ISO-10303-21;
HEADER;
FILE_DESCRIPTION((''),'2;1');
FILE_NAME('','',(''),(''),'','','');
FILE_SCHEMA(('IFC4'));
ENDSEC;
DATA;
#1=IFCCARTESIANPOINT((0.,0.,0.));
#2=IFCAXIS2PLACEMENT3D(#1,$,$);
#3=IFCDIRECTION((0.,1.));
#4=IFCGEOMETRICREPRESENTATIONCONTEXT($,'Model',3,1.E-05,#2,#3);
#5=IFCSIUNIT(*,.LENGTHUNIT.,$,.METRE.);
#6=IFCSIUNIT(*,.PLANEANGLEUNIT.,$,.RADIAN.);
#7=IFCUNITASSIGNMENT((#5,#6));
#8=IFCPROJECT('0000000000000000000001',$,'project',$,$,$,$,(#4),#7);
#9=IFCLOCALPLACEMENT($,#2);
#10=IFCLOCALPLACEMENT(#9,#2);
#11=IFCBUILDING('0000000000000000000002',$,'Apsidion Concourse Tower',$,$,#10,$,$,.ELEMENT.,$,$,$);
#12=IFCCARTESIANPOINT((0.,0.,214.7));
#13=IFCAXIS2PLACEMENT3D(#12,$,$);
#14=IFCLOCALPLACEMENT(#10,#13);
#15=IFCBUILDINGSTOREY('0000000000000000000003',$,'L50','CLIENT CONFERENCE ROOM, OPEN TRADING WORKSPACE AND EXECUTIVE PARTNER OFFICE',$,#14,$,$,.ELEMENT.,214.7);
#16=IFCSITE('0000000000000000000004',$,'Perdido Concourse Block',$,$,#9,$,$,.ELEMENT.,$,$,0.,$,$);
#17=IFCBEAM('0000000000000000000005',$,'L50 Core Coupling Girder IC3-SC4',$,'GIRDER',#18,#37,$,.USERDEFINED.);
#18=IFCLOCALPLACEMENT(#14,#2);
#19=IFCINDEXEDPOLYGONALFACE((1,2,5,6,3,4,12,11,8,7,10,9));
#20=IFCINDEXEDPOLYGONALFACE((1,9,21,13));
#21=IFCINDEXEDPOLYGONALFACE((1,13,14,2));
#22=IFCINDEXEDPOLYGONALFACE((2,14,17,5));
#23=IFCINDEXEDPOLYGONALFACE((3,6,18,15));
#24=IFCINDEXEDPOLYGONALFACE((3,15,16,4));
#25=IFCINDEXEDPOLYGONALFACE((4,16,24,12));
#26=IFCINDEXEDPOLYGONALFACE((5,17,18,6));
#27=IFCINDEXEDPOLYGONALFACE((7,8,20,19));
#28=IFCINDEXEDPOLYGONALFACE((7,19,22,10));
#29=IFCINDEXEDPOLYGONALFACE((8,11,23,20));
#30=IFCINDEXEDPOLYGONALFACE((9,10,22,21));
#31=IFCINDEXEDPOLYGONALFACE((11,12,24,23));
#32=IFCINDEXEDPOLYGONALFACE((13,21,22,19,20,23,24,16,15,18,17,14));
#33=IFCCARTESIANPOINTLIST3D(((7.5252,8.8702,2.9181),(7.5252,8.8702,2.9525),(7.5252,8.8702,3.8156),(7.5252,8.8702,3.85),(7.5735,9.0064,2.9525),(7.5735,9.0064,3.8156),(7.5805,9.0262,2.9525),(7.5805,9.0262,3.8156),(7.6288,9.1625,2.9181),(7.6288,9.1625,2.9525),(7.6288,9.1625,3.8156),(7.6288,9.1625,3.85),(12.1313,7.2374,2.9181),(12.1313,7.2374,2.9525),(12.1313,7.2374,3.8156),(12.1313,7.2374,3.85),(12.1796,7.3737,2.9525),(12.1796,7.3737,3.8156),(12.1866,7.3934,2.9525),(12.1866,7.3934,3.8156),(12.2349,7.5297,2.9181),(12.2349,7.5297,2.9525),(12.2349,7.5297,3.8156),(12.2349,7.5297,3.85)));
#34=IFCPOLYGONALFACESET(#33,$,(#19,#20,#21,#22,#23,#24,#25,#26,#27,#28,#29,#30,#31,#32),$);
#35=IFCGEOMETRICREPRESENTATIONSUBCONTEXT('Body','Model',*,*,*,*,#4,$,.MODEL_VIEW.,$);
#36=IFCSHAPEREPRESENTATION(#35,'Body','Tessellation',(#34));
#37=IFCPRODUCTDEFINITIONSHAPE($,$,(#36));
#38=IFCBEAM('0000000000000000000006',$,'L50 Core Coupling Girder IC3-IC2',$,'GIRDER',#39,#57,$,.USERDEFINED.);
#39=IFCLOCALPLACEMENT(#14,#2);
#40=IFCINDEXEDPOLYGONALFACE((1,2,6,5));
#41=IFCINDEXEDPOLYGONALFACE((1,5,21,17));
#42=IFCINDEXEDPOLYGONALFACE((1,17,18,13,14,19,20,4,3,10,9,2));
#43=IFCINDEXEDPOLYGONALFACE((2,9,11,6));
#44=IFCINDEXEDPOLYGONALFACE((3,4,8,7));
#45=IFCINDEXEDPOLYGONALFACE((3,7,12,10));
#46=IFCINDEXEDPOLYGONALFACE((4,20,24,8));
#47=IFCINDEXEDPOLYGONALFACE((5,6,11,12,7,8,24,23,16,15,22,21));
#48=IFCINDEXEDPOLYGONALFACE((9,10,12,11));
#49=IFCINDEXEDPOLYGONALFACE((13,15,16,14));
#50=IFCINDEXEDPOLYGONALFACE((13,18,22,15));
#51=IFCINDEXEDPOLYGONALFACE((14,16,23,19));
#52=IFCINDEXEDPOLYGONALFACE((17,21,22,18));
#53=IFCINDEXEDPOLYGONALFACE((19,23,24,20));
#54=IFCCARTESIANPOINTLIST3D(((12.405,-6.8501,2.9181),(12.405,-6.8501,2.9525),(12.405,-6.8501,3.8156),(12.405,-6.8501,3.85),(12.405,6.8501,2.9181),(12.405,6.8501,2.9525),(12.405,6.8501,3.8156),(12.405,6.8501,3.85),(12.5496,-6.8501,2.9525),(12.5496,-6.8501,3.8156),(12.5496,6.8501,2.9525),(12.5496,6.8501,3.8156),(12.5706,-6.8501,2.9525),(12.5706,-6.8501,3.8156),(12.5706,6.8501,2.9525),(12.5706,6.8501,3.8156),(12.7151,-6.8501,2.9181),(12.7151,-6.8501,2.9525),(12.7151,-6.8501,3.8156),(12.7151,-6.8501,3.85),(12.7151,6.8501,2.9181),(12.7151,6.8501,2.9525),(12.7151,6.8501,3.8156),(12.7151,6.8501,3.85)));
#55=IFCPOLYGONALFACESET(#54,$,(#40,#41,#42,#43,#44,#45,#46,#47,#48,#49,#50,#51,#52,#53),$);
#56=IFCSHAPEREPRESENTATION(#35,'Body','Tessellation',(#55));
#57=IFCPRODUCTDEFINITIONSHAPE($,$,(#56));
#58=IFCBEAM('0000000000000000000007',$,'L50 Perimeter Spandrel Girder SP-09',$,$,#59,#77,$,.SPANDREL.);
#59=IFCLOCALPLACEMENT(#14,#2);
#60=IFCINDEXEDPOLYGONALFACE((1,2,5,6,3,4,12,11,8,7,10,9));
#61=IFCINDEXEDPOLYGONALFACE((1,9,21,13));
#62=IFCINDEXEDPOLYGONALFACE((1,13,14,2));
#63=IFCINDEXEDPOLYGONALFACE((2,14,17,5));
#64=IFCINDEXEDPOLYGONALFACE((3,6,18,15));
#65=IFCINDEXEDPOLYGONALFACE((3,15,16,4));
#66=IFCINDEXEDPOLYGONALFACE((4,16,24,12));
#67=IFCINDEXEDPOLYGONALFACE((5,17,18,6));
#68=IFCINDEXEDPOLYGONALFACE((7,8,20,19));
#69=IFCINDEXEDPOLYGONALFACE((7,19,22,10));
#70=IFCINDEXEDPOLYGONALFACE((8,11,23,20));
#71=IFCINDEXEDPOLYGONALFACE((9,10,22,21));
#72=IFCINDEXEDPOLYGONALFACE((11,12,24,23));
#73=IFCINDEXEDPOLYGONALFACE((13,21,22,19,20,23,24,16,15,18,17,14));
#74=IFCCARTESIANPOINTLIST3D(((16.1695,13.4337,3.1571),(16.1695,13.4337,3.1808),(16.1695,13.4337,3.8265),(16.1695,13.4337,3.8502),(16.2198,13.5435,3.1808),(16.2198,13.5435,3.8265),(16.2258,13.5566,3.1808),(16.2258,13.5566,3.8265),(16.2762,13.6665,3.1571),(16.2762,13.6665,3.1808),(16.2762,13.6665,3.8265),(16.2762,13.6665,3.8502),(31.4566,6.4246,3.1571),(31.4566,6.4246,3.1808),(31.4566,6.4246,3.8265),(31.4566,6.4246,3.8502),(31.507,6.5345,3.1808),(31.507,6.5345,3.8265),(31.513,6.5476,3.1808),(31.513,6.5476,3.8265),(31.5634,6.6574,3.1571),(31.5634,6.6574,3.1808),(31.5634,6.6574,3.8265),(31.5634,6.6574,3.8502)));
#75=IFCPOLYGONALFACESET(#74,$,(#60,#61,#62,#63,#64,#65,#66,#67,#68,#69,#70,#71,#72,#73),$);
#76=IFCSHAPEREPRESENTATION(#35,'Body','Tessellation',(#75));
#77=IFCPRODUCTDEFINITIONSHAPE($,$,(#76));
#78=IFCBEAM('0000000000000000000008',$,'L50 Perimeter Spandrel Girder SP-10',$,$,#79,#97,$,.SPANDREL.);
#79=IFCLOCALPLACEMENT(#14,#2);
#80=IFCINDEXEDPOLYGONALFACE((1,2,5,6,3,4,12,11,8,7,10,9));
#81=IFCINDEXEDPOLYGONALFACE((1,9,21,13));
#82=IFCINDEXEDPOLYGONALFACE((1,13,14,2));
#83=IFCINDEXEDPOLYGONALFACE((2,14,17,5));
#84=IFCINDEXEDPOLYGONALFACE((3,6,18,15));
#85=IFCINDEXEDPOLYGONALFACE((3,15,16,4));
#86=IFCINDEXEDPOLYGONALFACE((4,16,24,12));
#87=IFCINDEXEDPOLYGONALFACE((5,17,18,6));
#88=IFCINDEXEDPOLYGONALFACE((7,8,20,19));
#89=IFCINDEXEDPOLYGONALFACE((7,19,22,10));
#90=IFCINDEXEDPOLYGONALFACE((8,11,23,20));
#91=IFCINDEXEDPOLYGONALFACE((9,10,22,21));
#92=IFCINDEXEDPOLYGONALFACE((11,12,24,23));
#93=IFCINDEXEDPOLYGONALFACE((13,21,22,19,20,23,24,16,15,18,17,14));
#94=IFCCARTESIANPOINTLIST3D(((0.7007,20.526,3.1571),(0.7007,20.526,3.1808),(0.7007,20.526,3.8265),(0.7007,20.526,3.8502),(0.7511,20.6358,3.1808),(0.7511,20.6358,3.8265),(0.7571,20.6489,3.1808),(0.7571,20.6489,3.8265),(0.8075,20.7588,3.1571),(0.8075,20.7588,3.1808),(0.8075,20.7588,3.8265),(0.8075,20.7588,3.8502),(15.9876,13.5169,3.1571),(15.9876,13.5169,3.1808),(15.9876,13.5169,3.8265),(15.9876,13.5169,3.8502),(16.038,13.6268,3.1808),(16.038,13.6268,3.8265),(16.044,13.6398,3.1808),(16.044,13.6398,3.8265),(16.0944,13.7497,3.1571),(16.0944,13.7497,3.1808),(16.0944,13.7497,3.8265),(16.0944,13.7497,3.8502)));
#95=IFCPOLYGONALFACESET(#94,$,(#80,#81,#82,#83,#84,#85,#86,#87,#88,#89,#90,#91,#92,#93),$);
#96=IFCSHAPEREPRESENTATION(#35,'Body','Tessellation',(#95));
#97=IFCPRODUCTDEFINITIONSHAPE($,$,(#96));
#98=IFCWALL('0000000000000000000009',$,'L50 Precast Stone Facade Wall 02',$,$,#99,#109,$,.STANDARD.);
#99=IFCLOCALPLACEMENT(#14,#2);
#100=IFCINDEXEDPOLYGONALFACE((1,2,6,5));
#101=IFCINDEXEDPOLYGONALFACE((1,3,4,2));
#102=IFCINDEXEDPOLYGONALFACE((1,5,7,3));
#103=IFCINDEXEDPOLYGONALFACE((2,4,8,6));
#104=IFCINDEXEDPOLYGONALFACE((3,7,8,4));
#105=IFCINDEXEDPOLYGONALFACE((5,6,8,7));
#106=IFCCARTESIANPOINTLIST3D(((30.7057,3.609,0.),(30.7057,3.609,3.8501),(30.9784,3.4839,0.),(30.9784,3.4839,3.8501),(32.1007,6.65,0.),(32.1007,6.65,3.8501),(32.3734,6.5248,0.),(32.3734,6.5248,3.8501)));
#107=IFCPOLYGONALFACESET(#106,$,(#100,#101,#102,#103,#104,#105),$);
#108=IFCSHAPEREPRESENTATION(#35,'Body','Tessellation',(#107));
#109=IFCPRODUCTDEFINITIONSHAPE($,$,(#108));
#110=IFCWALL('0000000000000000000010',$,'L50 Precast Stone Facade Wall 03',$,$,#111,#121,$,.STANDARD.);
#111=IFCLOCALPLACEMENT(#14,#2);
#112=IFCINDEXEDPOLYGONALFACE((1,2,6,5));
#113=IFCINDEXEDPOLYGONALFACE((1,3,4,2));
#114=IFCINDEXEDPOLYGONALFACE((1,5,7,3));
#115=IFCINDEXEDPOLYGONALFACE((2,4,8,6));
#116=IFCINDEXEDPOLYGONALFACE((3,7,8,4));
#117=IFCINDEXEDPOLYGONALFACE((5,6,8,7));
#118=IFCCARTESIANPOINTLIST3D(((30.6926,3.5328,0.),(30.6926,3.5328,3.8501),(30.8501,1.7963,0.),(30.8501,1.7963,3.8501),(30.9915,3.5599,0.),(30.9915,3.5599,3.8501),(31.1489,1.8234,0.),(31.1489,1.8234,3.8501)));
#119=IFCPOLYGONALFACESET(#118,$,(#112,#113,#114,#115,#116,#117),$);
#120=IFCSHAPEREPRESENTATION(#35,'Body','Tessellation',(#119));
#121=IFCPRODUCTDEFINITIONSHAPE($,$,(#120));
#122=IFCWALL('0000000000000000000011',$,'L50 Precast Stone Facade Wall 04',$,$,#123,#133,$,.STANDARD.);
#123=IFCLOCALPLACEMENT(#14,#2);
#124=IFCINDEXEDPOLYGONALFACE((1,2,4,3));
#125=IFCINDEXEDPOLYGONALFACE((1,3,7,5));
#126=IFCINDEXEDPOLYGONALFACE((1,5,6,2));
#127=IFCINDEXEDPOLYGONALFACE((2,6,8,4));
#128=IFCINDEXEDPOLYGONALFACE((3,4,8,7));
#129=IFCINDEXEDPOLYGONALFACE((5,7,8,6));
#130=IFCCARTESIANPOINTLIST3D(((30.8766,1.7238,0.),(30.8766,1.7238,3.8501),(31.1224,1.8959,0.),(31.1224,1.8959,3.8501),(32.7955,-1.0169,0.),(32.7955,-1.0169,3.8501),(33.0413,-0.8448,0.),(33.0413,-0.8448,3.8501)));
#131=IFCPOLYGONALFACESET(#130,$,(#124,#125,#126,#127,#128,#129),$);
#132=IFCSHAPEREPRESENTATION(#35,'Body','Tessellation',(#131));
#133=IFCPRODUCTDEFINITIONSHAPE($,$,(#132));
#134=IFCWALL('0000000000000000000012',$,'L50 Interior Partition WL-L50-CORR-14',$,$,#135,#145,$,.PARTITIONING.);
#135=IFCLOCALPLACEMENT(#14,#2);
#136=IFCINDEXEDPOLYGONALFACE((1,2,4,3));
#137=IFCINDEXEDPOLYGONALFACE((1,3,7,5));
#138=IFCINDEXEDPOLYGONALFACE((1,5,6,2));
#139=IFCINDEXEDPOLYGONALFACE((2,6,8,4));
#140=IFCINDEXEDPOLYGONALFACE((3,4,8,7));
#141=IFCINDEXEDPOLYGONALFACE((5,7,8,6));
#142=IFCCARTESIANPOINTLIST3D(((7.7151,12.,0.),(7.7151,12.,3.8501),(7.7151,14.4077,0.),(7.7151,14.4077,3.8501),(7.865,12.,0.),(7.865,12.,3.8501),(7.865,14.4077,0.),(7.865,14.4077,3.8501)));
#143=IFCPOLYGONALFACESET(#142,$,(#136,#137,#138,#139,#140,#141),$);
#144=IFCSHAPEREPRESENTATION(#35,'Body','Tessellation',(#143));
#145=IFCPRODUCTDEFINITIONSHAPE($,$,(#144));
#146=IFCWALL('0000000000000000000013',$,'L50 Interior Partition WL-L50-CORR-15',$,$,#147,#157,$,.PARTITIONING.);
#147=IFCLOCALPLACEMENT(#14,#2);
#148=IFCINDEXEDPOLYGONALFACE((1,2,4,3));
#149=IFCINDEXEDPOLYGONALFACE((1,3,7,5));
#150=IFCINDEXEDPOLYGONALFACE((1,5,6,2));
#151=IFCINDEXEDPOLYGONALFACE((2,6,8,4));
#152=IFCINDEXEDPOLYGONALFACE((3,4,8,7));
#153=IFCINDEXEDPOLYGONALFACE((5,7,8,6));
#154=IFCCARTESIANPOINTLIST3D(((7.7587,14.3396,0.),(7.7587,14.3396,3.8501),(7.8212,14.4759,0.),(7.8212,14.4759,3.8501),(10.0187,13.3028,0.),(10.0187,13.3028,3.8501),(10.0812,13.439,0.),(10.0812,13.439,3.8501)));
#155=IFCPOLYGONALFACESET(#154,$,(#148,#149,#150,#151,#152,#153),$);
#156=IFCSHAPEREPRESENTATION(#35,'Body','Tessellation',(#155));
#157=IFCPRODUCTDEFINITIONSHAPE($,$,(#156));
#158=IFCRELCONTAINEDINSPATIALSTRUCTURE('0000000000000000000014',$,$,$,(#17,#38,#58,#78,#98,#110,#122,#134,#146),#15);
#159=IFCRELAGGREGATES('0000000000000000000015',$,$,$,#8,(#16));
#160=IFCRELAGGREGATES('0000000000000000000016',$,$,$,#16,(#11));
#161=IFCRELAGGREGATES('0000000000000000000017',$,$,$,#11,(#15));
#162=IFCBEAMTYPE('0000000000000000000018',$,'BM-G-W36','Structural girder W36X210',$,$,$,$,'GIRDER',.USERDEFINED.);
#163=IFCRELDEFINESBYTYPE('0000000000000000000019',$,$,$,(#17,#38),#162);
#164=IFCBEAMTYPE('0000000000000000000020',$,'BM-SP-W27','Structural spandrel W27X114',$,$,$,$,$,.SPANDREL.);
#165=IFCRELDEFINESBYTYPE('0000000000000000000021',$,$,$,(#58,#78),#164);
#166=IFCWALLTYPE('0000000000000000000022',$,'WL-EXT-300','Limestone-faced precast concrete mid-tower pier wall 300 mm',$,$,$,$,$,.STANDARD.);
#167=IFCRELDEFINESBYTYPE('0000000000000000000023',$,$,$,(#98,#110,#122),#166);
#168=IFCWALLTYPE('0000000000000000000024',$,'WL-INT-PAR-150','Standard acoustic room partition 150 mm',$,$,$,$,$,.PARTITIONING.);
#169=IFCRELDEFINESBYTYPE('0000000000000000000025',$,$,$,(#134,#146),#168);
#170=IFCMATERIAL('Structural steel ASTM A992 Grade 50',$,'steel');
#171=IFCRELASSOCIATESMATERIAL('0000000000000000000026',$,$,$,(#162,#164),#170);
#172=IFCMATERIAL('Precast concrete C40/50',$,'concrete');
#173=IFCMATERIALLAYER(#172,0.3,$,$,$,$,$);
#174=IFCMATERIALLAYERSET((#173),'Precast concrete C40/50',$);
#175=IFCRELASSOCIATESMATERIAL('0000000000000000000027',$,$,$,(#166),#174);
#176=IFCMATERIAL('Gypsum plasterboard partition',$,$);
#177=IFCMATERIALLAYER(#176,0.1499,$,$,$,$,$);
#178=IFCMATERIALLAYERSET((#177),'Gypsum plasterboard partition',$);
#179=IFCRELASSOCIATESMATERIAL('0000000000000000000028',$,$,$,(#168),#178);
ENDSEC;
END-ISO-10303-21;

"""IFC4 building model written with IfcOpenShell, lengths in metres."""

from ifc_helpers import new_model, si_unit, direction, frame, frame_2d, origin, origin_2d, place, context, subcontext, project, spatial, rectangle, i_section, extrude, material, layer, layer_set, material_profile, profile_set, type_object, element, save


model = new_model("IFC4")

# Units and contexts
model_context = context("Model", 3, precision=1e-05, world=origin(), true_north=direction((0.0, 1.0)))
body_context = subcontext(model_context, "Body", "Model", "MODEL_VIEW")
ifc_project = project(units=[si_unit("LENGTHUNIT", "METRE"), si_unit("PLANEANGLEUNIT", "RADIAN")], contexts=[model_context])

# Site, building, storey
site_placement = place(None, origin())
site = spatial("IfcSite", under=ifc_project, at=site_placement, Name="Perdido Concourse Block", CompositionType="ELEMENT", RefElevation=0.0)
building_placement = place(site_placement, origin())
building = spatial("IfcBuilding", under=site, at=building_placement, Name="Apsidion Concourse Tower", CompositionType="ELEMENT")
storey_placement = place(building_placement, frame((0.0, 0.0, 214.7)))
storey = spatial("IfcBuildingStorey", under=building, at=storey_placement, Name="L50", Description="CLIENT CONFERENCE ROOM, OPEN TRADING WORKSPACE AND EXECUTIVE PARTNER OFFICE", CompositionType="ELEMENT", Elevation=214.7)

# Shared definitions
ifc_material_1 = material(Name="Structural steel ASTM A992 Grade 50", Category="steel")

# Beams
ifc_material_profile_1 = material_profile(ifc_material_1, i_section(OverallWidth=0.3101, OverallDepth=0.9319, WebThickness=0.021, FlangeThickness=0.0344, at=origin_2d()), Name="W36X210")
ifc_profile_set_1 = profile_set([ifc_material_profile_1], Name="Structural steel ASTM A992 Grade 50")
beam_type_1 = type_object("IfcBeamType", Name="BM-G-W36", Description="Structural girder W36X210", ElementType="GIRDER", PredefinedType="USERDEFINED", material=ifc_profile_set_1)
beam_1_placement = place(storey_placement, frame((12.1831, 7.3835, 3.384), z_axis=(-0.942534, 0.334111, 0.0), x_axis=(-0.334111, -0.942534, 0.0)))
element("IfcBeam", 1, at=beam_1_placement, inside=storey, type_object=beam_type_1, Name="L50 Core Coupling Girder IC3-SC4", ObjectType="GIRDER", PredefinedType="USERDEFINED", context=body_context, shape_type="SweptSolid", body=[
    extrude(i_section(OverallWidth=0.3101, OverallDepth=0.9319, WebThickness=0.021, FlangeThickness=0.0344, at=origin_2d()), origin(), (0.0, 0.0, 1.0), 4.887),
])
beam_2_placement = place(storey_placement, frame((12.5601, 6.8501, 3.384), z_axis=(0.0, -1.0, 0.0), x_axis=(1.0, 0.0, 0.0)))
element("IfcBeam", 2, at=beam_2_placement, inside=storey, type_object=beam_type_1, Name="L50 Core Coupling Girder IC3-IC2", ObjectType="GIRDER", PredefinedType="USERDEFINED", context=body_context, shape_type="SweptSolid", body=[
    extrude(i_section(OverallWidth=0.3101, OverallDepth=0.9319, WebThickness=0.021, FlangeThickness=0.0344, at=origin_2d()), origin(), (0.0, 0.0, 1.0), 13.7002),
])
ifc_material_profile_2 = material_profile(ifc_material_1, i_section(OverallWidth=0.2561, OverallDepth=0.6931, WebThickness=0.0144, FlangeThickness=0.0237, at=origin_2d()), Name="W27X114")
ifc_profile_set_2 = profile_set([ifc_material_profile_2], Name="Structural steel ASTM A992 Grade 50")
beam_type_2 = type_object("IfcBeamType", Name="BM-SP-W27", Description="Structural spandrel W27X114", PredefinedType="SPANDREL", material=ifc_profile_set_2)
beam_3_placement = place(storey_placement, frame((31.51, 6.541, 3.5037), z_axis=(-0.90901, 0.416775, 0.0), x_axis=(-0.416775, -0.90901, 0.0)))
element("IfcBeam", 3, at=beam_3_placement, inside=storey, type_object=beam_type_2, Name="L50 Perimeter Spandrel Girder SP-09", PredefinedType="SPANDREL", context=body_context, shape_type="SweptSolid", body=[
    extrude(i_section(OverallWidth=0.2561, OverallDepth=0.6931, WebThickness=0.0144, FlangeThickness=0.0237, at=origin_2d()), origin(), (0.0, 0.0, 1.0), 16.8174),
])
beam_4_placement = place(storey_placement, frame((16.041, 13.6333, 3.5037), z_axis=(-0.909007, 0.41678, 0.0), x_axis=(-0.41678, -0.909007, 0.0)))
element("IfcBeam", 4, at=beam_4_placement, inside=storey, type_object=beam_type_2, Name="L50 Perimeter Spandrel Girder SP-10", PredefinedType="SPANDREL", context=body_context, shape_type="SweptSolid", body=[
    extrude(i_section(OverallWidth=0.2561, OverallDepth=0.6931, WebThickness=0.0144, FlangeThickness=0.0237, at=origin_2d()), origin(), (0.0, 0.0, 1.0), 16.8171),
])

# Walls
ifc_material_2 = material(Name="Precast concrete C40/50", Category="concrete")
ifc_layer_1 = layer(ifc_material_2, 0.3)
ifc_layer_set_1 = layer_set([ifc_layer_1], Name="Precast concrete C40/50")
wall_type_1 = type_object("IfcWallType", Name="WL-EXT-300", Description="Limestone-faced precast concrete mid-tower pier wall 300 mm", PredefinedType="STANDARD", material=ifc_layer_set_1)
wall_1_placement = place(storey_placement, frame((32.2371, 6.5874, 0.0), z_axis=(0.0, 0.0, 1.0), x_axis=(-0.416956, -0.908927, 0.0)))
element("IfcWall", 5, at=wall_1_placement, inside=storey, type_object=wall_type_1, Name="L50 Precast Stone Facade Wall 02", PredefinedType="STANDARD", context=body_context, shape_type="SweptSolid", body=[
    extrude(rectangle(XDim=3.3457, YDim=0.3, at=frame_2d((1.6729, 0.0))), origin(), (0.0, 0.0, 1.0), 3.8501),
])
wall_2_placement = place(storey_placement, frame((30.842, 3.5464, 0.0), z_axis=(0.0, 0.0, 1.0), x_axis=(0.090309, -0.995914, 0.0)))
element("IfcWall", 6, at=wall_2_placement, inside=storey, type_object=wall_type_1, Name="L50 Precast Stone Facade Wall 03", PredefinedType="STANDARD", context=body_context, shape_type="SweptSolid", body=[
    extrude(rectangle(XDim=1.7437, YDim=0.3, at=frame_2d((0.8718, 0.0))), origin(), (0.0, 0.0, 1.0), 3.8501),
])
wall_3_placement = place(storey_placement, frame((30.9995, 1.8098, 0.0), z_axis=(0.0, 0.0, 1.0), x_axis=(0.57355, -0.81917, 0.0)))
element("IfcWall", 7, at=wall_3_placement, inside=storey, type_object=wall_type_1, Name="L50 Precast Stone Facade Wall 04", PredefinedType="STANDARD", context=body_context, shape_type="SweptSolid", body=[
    extrude(rectangle(XDim=3.3457, YDim=0.3, at=frame_2d((1.6729, 0.0))), origin(), (0.0, 0.0, 1.0), 3.8501),
])
ifc_material_3 = material(Name="Gypsum plasterboard partition")
ifc_layer_2 = layer(ifc_material_3, 0.1499)
ifc_layer_set_2 = layer_set([ifc_layer_2], Name="Gypsum plasterboard partition")
wall_type_2 = type_object("IfcWallType", Name="WL-INT-PAR-150", Description="Standard acoustic room partition 150 mm", PredefinedType="PARTITIONING", material=ifc_layer_set_2)
wall_4_placement = place(storey_placement, frame((7.79, 12.0, 0.0), z_axis=(0.0, 0.0, 1.0), x_axis=(0.0, 1.0, 0.0)))
element("IfcWall", 8, at=wall_4_placement, inside=storey, type_object=wall_type_2, Name="L50 Interior Partition WL-L50-CORR-14", PredefinedType="PARTITIONING", context=body_context, shape_type="SweptSolid", body=[
    extrude(rectangle(XDim=2.4077, YDim=0.1499, at=frame_2d((1.2039, 0.0))), origin(), (0.0, 0.0, 1.0), 3.8501),
])
wall_5_placement = place(storey_placement, frame((7.79, 14.4077, 0.0), z_axis=(0.0, 0.0, 1.0), x_axis=(0.908908, -0.416996, 0.0)))
element("IfcWall", 9, at=wall_5_placement, inside=storey, type_object=wall_type_2, Name="L50 Interior Partition WL-L50-CORR-15", PredefinedType="PARTITIONING", context=body_context, shape_type="SweptSolid", body=[
    extrude(rectangle(XDim=2.4866, YDim=0.1499, at=frame_2d((1.2432, 0.0))), origin(), (0.0, 0.0, 1.0), 3.8501),
])

save(model, "model.ifc")
